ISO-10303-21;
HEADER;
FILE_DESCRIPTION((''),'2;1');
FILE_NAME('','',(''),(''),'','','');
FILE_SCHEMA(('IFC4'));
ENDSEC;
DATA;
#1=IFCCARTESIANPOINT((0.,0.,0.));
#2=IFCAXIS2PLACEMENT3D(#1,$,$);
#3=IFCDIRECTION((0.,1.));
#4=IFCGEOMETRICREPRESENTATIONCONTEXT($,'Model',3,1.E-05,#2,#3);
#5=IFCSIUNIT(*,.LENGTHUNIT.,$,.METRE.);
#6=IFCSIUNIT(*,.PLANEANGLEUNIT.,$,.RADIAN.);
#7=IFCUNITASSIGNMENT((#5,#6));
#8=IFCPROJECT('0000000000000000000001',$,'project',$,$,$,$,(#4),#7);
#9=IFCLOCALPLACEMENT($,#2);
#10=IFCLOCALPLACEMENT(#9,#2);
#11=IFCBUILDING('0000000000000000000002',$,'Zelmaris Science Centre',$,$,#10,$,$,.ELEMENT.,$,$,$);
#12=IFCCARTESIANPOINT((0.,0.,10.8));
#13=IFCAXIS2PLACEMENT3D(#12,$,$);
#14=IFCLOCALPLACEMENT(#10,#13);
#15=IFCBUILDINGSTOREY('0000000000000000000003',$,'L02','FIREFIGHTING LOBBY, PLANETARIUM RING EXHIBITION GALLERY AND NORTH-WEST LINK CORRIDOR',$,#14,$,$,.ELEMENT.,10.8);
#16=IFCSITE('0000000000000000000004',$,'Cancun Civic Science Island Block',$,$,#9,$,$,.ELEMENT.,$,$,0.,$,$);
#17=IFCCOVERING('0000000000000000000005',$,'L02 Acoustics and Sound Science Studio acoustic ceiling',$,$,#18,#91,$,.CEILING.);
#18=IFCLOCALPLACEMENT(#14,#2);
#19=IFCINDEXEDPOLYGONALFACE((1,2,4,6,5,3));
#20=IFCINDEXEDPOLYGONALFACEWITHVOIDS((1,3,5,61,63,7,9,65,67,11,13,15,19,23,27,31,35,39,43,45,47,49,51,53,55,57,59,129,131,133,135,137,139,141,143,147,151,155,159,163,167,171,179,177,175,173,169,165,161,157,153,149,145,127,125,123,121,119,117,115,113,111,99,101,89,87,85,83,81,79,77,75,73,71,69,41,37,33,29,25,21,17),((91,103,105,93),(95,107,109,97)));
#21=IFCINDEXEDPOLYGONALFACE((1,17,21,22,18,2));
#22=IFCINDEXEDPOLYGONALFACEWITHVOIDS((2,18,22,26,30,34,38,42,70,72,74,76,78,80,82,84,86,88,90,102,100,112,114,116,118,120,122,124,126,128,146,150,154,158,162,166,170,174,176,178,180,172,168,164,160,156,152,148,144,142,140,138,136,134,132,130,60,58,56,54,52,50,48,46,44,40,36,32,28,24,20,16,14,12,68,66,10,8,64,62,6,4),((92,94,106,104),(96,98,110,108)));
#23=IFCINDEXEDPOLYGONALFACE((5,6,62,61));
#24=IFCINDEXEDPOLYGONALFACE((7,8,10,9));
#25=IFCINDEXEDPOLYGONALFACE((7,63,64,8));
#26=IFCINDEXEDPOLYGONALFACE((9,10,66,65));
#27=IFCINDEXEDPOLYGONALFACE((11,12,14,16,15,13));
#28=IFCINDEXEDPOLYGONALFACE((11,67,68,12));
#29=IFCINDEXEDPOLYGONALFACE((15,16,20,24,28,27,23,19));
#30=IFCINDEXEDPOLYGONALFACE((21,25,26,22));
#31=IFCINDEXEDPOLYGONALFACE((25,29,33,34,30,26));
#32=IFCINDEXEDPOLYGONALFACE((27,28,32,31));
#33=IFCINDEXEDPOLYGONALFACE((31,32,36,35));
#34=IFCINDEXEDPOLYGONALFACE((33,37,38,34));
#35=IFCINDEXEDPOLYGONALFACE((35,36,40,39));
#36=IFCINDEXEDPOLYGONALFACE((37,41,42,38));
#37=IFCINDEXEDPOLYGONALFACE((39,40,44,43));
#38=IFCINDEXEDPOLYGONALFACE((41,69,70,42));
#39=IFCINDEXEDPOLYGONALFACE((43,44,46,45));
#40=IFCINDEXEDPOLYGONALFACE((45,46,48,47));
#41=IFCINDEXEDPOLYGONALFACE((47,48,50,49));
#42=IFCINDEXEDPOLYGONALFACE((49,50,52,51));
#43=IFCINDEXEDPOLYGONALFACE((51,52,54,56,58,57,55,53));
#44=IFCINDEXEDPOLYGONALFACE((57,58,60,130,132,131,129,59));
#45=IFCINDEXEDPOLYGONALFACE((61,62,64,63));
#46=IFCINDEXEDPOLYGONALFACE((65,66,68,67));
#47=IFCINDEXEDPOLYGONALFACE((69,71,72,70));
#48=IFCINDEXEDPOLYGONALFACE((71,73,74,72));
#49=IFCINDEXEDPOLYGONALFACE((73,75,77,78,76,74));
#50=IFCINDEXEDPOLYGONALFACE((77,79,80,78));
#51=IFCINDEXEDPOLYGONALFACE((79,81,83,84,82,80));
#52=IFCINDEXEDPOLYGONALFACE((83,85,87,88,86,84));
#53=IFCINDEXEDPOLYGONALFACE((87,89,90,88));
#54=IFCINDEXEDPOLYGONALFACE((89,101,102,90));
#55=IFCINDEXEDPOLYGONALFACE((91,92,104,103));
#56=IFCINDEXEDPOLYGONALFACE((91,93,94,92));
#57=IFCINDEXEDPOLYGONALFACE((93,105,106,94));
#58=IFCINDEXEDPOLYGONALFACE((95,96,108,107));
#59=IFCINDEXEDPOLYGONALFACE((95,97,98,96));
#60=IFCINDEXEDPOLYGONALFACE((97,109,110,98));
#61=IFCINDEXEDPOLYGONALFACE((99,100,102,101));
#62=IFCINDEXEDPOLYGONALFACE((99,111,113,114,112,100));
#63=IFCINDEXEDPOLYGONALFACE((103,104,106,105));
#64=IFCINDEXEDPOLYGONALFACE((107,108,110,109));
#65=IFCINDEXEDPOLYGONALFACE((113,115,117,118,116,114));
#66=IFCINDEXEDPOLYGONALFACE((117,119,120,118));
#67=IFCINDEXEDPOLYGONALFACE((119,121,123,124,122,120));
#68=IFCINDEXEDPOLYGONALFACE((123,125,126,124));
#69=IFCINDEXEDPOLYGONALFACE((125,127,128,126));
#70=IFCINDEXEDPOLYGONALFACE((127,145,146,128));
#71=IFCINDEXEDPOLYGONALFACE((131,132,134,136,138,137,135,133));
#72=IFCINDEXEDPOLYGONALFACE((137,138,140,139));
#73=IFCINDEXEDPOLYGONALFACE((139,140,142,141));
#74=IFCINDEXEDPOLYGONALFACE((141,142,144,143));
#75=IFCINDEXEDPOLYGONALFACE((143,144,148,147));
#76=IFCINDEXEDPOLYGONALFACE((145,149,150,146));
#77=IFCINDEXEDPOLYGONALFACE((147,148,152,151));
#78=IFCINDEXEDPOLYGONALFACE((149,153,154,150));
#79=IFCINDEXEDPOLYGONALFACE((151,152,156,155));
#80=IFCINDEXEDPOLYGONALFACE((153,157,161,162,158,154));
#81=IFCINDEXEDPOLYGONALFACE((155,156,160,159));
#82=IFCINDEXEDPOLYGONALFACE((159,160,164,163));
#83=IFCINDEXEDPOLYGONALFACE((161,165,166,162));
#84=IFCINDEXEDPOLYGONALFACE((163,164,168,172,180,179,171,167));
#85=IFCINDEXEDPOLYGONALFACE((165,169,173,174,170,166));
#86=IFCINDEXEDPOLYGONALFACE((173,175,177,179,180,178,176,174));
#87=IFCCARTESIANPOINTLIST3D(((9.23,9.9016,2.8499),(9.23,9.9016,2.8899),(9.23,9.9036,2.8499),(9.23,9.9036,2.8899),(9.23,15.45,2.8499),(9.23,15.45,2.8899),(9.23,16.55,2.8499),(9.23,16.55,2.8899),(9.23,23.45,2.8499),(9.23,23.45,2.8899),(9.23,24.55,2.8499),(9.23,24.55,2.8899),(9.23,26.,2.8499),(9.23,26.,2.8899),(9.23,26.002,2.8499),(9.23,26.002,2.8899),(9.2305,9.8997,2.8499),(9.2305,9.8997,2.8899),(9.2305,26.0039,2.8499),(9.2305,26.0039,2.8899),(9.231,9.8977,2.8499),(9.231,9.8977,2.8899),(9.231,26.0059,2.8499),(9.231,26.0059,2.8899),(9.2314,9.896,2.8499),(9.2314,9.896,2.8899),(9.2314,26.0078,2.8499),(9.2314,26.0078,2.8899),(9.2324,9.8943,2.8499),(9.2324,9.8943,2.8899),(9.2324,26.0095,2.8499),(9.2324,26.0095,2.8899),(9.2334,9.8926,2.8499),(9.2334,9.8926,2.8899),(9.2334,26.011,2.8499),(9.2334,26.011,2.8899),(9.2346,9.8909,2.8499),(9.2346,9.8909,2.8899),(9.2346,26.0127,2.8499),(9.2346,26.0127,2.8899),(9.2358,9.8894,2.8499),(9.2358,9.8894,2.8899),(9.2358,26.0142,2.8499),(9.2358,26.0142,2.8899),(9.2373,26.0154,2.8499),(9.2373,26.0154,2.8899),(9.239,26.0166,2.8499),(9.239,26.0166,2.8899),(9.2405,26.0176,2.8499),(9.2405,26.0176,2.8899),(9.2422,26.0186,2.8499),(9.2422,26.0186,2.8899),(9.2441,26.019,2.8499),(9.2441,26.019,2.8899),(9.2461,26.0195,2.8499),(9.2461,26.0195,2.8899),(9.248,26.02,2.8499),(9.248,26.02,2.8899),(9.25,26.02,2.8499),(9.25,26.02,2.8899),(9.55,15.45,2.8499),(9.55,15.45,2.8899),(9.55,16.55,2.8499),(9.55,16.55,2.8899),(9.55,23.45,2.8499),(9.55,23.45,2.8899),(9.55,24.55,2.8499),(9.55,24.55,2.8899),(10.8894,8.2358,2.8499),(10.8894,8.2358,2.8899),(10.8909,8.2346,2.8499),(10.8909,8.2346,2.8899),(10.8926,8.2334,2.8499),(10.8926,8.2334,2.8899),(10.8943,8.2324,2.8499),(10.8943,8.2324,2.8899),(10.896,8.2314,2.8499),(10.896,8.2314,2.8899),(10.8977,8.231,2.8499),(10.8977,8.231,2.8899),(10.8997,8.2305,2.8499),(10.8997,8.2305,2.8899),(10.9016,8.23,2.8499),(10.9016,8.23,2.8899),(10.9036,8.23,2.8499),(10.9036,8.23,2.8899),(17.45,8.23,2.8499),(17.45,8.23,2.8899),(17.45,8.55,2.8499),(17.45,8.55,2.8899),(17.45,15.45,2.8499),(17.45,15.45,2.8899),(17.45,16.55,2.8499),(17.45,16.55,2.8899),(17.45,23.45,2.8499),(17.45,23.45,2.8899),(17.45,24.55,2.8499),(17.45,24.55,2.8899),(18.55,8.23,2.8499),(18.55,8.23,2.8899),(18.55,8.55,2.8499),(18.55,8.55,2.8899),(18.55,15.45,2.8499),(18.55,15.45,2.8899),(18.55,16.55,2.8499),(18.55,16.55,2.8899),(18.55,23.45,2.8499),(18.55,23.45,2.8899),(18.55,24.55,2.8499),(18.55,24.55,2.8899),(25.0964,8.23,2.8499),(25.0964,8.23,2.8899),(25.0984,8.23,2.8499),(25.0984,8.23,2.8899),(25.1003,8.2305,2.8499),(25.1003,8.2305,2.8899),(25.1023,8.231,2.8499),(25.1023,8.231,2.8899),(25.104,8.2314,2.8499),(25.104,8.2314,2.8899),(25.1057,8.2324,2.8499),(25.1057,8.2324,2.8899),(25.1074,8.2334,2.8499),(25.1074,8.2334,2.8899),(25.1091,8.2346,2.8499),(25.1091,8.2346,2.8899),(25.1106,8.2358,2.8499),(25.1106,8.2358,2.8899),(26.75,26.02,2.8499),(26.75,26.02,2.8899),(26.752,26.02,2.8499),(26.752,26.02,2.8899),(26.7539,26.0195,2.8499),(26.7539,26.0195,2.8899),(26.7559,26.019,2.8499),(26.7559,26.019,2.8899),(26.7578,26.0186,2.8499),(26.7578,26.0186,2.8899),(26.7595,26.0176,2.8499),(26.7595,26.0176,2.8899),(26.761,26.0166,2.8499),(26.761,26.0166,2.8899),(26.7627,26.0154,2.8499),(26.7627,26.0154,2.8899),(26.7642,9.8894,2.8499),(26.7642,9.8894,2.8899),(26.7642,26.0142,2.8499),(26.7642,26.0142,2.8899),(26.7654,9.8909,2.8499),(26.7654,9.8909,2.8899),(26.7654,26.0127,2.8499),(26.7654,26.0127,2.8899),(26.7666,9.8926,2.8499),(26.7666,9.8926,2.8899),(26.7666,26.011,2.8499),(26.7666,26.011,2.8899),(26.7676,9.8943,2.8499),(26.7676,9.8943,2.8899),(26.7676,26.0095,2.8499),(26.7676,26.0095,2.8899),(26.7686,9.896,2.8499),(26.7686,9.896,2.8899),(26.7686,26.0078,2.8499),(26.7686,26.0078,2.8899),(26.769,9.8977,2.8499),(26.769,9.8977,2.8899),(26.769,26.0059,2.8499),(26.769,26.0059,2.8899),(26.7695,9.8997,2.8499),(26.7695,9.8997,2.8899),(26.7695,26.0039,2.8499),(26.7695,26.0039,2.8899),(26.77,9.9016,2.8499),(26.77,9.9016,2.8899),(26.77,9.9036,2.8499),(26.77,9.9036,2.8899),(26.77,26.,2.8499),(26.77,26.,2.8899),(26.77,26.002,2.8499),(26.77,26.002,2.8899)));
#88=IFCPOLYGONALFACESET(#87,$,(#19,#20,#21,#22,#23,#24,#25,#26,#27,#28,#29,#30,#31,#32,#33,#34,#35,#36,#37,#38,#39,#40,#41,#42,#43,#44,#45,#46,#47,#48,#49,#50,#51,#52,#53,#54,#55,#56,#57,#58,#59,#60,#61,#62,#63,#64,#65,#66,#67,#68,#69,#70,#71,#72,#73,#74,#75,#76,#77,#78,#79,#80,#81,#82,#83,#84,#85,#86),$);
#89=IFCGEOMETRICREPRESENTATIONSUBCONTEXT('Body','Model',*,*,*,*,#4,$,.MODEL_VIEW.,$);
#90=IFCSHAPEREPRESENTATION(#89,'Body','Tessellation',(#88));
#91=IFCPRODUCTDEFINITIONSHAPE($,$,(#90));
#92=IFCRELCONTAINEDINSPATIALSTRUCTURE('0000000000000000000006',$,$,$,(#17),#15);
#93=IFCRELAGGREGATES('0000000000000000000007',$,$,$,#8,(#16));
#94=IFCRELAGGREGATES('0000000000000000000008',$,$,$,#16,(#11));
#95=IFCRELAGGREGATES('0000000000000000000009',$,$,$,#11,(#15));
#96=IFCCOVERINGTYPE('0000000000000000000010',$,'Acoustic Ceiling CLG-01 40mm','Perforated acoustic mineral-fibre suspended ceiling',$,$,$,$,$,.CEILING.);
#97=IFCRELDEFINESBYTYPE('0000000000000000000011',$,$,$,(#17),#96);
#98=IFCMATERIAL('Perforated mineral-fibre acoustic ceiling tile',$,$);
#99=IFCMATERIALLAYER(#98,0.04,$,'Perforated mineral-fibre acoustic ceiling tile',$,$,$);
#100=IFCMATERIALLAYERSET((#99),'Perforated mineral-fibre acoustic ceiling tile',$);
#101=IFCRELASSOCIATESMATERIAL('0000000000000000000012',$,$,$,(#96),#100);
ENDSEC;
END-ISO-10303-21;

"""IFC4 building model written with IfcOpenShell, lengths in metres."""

from ifc_helpers import new_model, si_unit, direction, frame, origin, place, context, subcontext, project, spatial, polyline, outline, extrude, material, layer, layer_set, type_object, element, save


model = new_model("IFC4")

# Units and contexts
model_context = context("Model", 3, precision=1e-05, world=origin(), true_north=direction((0.0, 1.0)))
body_context = subcontext(model_context, "Body", "Model", "MODEL_VIEW")
ifc_project = project(units=[si_unit("LENGTHUNIT", "METRE"), si_unit("PLANEANGLEUNIT", "RADIAN")], contexts=[model_context])

# Site, building, storey
site_placement = place(None, origin())
site = spatial("IfcSite", under=ifc_project, at=site_placement, Name="Cancun Civic Science Island Block", CompositionType="ELEMENT", RefElevation=0.0)
building_placement = place(site_placement, origin())
building = spatial("IfcBuilding", under=site, at=building_placement, Name="Zelmaris Science Centre", CompositionType="ELEMENT")
storey_placement = place(building_placement, frame((0.0, 0.0, 10.8)))
storey = spatial("IfcBuildingStorey", under=building, at=storey_placement, Name="L02", Description="FIREFIGHTING LOBBY, PLANETARIUM RING EXHIBITION GALLERY AND NORTH-WEST LINK CORRIDOR", CompositionType="ELEMENT", Elevation=10.8)

# Covering
ifc_material_1 = material(Name="Perforated mineral-fibre acoustic ceiling tile")
ifc_layer_1 = layer(ifc_material_1, 0.04, Name="Perforated mineral-fibre acoustic ceiling tile")
ifc_layer_set_1 = layer_set([ifc_layer_1], Name="Perforated mineral-fibre acoustic ceiling tile")
covering_type_1 = type_object("IfcCoveringType", Name="Acoustic Ceiling CLG-01 40mm", Description="Perforated acoustic mineral-fibre suspended ceiling", PredefinedType="CEILING", material=ifc_layer_set_1)
covering_1_placement = place(storey_placement, frame((0.0, 0.0, 2.8499)))
element("IfcCovering", 1, at=covering_1_placement, inside=storey, type_object=covering_type_1, Name="L02 Acoustics and Sound Science Studio acoustic ceiling", PredefinedType="CEILING", context=body_context, shape_type="SweptSolid", body=[
    extrude(outline(polyline([(26.752, 26.02), (26.7539, 26.0195), (26.7559, 26.019), (26.7578, 26.0186), (26.7595, 26.0176), (26.761, 26.0166), (26.7627, 26.0154), (26.7642, 26.0142), (26.7654, 26.0127), (26.7666, 26.011), (26.7676, 26.0095), (26.7686, 26.0078), (26.769, 26.0059), (26.7695, 26.0039), (26.77, 26.002), (26.77, 26.0), (26.77, 9.9036), (26.77, 9.9016), (26.7695, 9.8997), (26.769, 9.8977), (26.7686, 9.896), (26.7676, 9.8943), (26.7666, 9.8926), (26.7654, 9.8909), (26.7642, 9.8894), (25.1106, 8.2358), (25.1091, 8.2346), (25.1074, 8.2334), (25.1057, 8.2324), (25.104, 8.2314), (25.1023, 8.231), (25.1003, 8.2305), (25.0984, 8.23), (25.0964, 8.23), (18.55, 8.23), (18.55, 8.55), (17.45, 8.55), (17.45, 8.23), (10.9036, 8.23), (10.9016, 8.23), (10.8997, 8.2305), (10.8977, 8.231), (10.896, 8.2314), (10.8943, 8.2324), (10.8926, 8.2334), (10.8909, 8.2346), (10.8894, 8.2358), (9.2358, 9.8894), (9.2346, 9.8909), (9.2334, 9.8926), (9.2324, 9.8943), (9.2314, 9.896), (9.231, 9.8977), (9.2305, 9.8997), (9.23, 9.9016), (9.23, 9.9036), (9.23, 15.45), (9.55, 15.45), (9.55, 16.55), (9.23, 16.55), (9.23, 23.45), (9.55, 23.45), (9.55, 24.55), (9.23, 24.55), (9.23, 26.0), (9.23, 26.002), (9.2305, 26.0039), (9.231, 26.0059), (9.2314, 26.0078), (9.2324, 26.0095), (9.2334, 26.011), (9.2346, 26.0127), (9.2358, 26.0142), (9.2373, 26.0154), (9.239, 26.0166), (9.2405, 26.0176), (9.2422, 26.0186), (9.2441, 26.019), (9.2461, 26.0195), (9.248, 26.02), (9.25, 26.02), (26.75, 26.02), (26.752, 26.02)]), holes=[polyline([(18.55, 16.55), (17.45, 16.55), (17.45, 15.45), (18.55, 15.45), (18.55, 16.55)]), polyline([(17.45, 24.55), (17.45, 23.45), (18.55, 23.45), (18.55, 24.55), (17.45, 24.55)])]), origin(), (0.0, 0.0, 1.0), 0.04),
])

save(model, "model.ifc")
